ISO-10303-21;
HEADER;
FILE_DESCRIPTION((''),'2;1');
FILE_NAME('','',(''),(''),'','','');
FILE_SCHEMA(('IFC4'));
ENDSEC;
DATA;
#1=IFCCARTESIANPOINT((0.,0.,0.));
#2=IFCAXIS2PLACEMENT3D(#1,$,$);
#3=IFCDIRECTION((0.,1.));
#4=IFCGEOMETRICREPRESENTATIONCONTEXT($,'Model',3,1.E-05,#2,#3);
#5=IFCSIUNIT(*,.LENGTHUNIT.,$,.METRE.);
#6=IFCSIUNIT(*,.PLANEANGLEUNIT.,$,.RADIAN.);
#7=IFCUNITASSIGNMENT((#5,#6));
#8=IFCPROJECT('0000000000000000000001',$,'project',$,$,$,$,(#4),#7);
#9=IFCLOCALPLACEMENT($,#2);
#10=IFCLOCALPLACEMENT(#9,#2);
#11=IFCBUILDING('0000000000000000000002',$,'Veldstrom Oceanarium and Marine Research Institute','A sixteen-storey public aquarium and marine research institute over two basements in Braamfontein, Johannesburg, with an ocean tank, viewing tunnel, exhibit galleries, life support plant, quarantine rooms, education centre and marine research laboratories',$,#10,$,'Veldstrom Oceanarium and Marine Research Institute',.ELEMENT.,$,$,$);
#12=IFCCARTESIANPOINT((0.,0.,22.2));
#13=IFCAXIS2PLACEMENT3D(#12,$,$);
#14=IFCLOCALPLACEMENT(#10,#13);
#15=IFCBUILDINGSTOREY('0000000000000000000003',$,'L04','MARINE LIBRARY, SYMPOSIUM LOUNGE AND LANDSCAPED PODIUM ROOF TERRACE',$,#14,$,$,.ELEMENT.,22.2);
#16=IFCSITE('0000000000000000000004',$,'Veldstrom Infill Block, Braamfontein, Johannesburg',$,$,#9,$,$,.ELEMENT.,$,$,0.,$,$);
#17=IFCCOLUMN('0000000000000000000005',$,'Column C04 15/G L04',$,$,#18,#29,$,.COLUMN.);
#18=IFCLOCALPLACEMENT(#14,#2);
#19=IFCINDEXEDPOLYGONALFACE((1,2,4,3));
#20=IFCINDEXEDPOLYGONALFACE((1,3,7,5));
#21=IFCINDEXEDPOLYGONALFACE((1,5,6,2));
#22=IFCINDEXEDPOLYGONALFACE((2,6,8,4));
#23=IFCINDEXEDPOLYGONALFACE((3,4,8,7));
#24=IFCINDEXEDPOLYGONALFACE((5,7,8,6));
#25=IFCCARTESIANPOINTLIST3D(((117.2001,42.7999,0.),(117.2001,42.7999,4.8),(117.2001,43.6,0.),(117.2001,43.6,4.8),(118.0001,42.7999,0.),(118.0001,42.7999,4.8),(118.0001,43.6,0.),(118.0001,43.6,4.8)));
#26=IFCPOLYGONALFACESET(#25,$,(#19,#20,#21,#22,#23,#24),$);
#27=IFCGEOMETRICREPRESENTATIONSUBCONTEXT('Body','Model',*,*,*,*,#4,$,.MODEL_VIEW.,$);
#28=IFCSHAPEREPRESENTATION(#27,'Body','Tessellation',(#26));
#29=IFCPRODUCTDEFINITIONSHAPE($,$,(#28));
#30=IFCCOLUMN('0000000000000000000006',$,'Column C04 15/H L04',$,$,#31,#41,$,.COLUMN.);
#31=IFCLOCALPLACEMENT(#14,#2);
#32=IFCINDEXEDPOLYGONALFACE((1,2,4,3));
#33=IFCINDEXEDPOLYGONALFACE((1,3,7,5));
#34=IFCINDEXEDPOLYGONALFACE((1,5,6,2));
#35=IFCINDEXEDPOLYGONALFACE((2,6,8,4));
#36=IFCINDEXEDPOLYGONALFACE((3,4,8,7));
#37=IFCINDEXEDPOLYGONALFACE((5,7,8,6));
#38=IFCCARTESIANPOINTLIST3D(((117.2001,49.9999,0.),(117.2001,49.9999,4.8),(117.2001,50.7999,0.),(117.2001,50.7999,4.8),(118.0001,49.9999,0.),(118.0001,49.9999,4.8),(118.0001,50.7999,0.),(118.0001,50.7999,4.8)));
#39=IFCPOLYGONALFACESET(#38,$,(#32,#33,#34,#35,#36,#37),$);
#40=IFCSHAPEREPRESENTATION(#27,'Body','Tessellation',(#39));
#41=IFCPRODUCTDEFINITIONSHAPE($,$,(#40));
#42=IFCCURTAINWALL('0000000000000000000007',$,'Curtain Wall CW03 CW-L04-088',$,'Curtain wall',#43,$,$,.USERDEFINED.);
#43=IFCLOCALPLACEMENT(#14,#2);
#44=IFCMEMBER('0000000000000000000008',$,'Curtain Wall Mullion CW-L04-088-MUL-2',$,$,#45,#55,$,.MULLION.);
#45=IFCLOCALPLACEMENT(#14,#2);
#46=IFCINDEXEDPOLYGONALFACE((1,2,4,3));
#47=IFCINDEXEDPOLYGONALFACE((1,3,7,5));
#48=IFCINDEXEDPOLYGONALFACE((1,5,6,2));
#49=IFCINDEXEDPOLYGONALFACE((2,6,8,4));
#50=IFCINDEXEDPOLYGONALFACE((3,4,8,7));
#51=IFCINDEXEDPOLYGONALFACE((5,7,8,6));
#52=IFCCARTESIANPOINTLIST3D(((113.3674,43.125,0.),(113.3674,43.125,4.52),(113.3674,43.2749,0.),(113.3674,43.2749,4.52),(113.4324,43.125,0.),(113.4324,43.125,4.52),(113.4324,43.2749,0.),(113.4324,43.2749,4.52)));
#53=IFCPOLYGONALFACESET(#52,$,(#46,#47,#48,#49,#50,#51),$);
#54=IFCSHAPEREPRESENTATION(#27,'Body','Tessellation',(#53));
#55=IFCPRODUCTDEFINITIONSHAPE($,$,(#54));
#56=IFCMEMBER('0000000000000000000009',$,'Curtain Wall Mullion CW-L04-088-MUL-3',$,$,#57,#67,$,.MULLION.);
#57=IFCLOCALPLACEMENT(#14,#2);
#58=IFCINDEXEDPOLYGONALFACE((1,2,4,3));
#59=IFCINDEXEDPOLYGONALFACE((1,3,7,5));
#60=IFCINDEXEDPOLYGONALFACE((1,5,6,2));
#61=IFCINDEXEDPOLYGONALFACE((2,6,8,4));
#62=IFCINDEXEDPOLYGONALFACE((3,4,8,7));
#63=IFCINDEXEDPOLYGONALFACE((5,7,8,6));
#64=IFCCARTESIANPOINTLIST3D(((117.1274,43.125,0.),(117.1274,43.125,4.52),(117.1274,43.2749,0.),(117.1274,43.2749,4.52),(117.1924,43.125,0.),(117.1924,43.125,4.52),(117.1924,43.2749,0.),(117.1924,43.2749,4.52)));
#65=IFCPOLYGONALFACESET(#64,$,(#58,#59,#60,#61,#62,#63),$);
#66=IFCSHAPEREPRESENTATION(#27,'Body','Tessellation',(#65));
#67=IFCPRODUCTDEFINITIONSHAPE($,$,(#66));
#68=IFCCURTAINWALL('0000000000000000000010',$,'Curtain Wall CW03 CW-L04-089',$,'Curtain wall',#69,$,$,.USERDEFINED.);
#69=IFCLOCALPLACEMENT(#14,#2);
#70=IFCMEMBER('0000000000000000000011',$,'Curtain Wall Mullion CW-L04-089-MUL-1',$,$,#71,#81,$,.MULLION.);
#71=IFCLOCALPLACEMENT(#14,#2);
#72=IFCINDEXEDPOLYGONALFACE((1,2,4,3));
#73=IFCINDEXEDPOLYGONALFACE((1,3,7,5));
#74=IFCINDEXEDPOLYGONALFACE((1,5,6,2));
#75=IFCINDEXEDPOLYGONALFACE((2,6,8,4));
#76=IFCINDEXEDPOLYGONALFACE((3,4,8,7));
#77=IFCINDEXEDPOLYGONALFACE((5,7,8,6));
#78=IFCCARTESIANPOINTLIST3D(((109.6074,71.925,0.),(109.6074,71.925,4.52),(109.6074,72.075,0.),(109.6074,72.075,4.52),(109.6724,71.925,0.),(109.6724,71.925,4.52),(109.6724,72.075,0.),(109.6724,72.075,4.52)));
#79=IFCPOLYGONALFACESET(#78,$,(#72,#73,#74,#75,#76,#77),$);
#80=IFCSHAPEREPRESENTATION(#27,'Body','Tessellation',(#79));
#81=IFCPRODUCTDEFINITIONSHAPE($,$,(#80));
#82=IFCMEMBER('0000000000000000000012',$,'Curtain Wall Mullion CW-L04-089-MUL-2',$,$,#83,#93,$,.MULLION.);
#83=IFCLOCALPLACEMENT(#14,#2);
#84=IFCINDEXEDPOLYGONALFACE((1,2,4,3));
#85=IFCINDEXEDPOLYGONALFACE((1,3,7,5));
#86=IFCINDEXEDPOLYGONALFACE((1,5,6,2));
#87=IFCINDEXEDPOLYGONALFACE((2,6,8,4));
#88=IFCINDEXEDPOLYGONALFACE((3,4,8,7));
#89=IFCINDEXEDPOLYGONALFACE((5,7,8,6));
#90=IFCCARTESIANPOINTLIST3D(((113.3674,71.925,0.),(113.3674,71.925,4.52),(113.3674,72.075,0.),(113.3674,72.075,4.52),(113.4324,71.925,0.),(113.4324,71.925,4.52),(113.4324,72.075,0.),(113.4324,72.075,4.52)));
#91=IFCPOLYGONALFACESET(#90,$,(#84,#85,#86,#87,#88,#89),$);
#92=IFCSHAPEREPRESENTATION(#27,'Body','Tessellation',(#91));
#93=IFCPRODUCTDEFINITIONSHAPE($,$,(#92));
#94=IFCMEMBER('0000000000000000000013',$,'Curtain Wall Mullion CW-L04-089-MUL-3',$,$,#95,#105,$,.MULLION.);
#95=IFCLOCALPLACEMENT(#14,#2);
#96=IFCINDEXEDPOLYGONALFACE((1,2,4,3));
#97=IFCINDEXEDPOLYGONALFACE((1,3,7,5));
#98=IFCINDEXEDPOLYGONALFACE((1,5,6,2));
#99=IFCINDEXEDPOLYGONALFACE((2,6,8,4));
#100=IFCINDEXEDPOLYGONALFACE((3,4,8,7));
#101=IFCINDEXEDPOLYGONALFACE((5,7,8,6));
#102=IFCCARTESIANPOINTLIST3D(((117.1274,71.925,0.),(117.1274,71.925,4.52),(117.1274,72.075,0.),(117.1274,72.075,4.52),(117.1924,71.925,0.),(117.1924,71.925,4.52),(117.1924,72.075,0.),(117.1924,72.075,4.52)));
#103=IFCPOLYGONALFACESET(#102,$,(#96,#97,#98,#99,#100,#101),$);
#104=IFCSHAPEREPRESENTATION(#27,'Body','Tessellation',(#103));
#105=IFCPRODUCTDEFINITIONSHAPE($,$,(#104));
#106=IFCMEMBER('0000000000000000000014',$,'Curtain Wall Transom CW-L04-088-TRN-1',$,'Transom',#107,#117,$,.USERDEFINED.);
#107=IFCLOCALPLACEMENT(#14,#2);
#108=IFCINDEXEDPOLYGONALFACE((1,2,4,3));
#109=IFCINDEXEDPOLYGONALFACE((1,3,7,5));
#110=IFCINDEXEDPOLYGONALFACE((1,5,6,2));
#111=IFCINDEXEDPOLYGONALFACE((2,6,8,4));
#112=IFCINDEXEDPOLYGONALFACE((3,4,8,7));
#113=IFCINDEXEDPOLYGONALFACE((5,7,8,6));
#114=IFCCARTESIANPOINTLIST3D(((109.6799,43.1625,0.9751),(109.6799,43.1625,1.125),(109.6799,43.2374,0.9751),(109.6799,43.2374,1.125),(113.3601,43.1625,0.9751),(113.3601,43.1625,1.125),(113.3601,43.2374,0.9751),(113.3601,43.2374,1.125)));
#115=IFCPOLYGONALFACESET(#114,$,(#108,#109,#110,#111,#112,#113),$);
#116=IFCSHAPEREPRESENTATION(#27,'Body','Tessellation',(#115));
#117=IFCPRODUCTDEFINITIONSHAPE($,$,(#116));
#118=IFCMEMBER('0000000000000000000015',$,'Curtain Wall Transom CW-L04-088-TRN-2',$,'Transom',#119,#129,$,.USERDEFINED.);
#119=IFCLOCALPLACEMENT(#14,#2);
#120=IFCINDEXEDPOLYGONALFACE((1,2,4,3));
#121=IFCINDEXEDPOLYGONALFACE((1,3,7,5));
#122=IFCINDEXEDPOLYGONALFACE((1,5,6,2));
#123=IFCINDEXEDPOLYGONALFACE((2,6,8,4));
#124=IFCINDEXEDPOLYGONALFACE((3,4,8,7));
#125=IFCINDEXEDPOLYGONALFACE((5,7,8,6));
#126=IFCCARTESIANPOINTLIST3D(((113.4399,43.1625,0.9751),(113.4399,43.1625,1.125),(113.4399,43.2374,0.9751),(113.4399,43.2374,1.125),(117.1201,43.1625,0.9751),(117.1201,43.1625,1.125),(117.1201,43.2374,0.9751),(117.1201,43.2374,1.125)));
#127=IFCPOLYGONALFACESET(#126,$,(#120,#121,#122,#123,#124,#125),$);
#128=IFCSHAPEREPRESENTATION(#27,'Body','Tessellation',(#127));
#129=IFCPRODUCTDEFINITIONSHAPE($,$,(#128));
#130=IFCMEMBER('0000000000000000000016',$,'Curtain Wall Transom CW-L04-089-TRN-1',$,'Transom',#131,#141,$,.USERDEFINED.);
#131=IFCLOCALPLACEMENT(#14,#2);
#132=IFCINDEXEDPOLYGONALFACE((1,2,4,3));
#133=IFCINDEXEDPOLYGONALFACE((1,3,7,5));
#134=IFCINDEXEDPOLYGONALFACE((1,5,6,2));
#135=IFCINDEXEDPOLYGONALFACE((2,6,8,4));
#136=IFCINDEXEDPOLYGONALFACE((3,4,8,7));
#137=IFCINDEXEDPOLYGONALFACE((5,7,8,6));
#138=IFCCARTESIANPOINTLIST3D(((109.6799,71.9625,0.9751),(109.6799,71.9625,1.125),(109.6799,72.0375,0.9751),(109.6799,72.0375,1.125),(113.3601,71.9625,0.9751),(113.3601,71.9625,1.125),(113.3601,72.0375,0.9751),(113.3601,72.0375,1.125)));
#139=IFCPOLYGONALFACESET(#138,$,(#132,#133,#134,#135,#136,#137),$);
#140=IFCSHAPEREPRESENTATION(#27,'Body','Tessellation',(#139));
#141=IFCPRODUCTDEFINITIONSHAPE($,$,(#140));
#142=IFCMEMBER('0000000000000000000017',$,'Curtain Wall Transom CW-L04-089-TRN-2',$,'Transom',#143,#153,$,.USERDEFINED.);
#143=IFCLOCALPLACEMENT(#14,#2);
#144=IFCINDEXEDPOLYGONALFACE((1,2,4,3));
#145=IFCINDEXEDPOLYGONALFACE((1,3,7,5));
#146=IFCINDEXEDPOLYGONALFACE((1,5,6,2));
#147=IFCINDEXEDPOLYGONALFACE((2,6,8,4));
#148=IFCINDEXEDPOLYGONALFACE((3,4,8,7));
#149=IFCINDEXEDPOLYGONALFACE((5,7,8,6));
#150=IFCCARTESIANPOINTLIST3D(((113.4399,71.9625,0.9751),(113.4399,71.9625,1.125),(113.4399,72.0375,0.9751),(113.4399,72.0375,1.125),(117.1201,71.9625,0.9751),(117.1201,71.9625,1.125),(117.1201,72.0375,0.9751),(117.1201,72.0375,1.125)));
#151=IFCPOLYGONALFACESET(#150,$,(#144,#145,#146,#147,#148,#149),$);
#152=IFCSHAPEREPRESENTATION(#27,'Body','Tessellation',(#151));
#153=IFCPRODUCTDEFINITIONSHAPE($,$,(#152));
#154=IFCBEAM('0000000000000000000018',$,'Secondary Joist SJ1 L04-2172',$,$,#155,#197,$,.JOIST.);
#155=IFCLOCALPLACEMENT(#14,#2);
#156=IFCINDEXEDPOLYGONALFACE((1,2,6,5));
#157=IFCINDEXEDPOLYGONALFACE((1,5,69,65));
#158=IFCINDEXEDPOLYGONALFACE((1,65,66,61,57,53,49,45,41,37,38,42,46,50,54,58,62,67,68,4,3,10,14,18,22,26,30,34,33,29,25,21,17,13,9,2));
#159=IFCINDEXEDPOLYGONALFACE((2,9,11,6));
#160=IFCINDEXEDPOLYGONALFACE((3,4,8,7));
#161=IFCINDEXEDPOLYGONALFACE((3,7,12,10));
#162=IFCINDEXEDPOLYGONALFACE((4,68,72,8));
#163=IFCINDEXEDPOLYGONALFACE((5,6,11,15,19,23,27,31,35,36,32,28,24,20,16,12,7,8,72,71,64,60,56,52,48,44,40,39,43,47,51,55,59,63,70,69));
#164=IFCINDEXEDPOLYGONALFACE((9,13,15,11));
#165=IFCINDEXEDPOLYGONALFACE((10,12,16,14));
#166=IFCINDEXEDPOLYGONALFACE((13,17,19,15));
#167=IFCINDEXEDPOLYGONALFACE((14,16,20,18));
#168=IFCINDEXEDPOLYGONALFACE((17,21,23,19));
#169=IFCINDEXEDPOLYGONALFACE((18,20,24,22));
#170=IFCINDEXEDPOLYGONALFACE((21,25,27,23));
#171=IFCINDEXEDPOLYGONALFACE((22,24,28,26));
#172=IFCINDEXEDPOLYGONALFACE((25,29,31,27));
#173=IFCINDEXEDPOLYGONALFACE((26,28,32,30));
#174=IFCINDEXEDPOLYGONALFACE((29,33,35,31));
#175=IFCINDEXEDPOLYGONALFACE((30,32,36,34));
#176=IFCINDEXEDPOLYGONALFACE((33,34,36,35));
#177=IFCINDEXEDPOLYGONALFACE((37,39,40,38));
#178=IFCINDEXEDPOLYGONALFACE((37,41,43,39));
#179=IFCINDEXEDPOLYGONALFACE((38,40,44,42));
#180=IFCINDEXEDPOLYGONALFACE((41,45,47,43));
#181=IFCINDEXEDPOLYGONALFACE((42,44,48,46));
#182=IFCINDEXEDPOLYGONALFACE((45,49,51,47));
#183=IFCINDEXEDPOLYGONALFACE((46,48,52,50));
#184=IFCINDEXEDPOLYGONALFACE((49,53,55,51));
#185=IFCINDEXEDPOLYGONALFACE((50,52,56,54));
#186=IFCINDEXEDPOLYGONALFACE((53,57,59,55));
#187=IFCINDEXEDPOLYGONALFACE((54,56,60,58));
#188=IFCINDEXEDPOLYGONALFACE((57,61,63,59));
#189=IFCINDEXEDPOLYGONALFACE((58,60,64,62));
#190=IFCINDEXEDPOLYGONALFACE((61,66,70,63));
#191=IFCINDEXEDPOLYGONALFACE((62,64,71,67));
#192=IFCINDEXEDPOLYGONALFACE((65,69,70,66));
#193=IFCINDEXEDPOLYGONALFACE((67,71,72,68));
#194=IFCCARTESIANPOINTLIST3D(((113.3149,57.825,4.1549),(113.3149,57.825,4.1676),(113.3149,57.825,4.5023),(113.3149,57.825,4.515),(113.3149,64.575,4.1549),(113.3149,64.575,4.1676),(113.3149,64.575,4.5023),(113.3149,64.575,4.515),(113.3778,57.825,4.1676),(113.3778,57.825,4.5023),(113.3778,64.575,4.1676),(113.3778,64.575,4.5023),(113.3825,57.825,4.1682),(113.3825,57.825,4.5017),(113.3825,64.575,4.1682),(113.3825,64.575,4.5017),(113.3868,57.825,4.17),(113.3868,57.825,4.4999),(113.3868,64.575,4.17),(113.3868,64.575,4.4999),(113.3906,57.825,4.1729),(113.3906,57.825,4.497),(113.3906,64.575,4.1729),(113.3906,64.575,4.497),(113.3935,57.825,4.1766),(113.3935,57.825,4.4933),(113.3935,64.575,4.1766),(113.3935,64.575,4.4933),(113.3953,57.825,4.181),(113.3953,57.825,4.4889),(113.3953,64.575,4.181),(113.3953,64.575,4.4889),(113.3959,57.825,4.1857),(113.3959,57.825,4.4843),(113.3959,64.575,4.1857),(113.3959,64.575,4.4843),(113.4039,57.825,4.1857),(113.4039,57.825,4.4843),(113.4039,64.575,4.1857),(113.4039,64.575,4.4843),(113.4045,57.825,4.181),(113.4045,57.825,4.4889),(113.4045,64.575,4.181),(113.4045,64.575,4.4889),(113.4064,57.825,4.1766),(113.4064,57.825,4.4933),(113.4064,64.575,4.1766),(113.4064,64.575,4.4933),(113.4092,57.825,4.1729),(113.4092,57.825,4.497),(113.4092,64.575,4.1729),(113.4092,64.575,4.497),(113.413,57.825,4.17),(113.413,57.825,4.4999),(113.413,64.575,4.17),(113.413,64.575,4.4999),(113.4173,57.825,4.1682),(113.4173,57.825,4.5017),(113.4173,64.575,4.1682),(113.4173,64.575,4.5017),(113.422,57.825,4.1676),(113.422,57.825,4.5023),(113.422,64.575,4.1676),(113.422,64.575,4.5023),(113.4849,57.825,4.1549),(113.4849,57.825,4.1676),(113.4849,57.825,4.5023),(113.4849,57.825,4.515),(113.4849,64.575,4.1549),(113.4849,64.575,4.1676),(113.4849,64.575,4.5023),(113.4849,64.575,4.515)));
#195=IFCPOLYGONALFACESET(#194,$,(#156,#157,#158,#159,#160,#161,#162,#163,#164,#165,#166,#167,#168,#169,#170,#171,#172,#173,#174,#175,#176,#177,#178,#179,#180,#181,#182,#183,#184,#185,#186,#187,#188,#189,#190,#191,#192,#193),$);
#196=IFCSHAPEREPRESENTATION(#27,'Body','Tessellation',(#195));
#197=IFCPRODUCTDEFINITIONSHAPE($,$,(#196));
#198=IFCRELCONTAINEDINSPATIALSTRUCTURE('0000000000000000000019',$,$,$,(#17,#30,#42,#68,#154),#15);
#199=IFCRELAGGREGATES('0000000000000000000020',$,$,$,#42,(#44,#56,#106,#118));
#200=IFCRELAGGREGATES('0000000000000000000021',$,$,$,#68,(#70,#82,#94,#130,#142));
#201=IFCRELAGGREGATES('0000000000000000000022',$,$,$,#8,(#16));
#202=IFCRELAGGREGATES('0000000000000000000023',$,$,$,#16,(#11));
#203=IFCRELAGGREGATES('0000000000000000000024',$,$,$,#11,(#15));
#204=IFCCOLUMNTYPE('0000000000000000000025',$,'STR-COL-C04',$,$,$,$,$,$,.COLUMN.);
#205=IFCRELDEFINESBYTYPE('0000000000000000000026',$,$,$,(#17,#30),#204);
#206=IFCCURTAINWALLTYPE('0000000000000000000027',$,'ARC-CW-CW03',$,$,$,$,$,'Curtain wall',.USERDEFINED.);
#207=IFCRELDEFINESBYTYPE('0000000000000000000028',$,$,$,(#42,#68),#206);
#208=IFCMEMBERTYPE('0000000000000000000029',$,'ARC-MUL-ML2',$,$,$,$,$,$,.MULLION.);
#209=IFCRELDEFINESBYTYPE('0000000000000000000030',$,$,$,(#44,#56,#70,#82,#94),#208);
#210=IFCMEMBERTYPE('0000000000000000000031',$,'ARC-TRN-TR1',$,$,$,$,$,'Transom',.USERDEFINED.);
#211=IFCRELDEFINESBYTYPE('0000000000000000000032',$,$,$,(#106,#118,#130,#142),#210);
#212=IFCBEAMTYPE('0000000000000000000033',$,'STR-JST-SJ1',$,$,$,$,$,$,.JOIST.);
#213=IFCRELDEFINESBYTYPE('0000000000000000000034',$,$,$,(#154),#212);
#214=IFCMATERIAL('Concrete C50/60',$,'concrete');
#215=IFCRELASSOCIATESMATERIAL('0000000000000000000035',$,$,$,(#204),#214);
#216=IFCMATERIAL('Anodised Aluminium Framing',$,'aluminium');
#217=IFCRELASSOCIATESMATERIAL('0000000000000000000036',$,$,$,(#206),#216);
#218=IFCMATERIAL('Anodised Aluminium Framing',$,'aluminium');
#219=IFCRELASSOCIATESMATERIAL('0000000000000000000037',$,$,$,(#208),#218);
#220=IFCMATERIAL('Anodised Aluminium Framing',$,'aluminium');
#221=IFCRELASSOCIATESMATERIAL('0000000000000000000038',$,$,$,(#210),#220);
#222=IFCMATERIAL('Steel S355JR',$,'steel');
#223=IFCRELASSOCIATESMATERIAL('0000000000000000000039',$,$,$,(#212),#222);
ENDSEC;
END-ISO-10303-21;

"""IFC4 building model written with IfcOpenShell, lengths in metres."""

from ifc_helpers import new_model, si_unit, direction, frame, origin, origin_2d, place, context, subcontext, project, spatial, rectangle, i_section, extrude, material, material_profile, profile_set, type_object, element, aggregate, save


model = new_model("IFC4")

# Units and contexts
model_context = context("Model", 3, precision=1e-05, world=origin(), true_north=direction((0.0, 1.0)))
body_context = subcontext(model_context, "Body", "Model", "MODEL_VIEW")
ifc_project = project(units=[si_unit("LENGTHUNIT", "METRE"), si_unit("PLANEANGLEUNIT", "RADIAN")], contexts=[model_context])

# Site, building, storey
site_placement = place(None, origin())
site = spatial("IfcSite", under=ifc_project, at=site_placement, Name="Veldstrom Infill Block, Braamfontein, Johannesburg", CompositionType="ELEMENT", RefElevation=0.0)
building_placement = place(site_placement, origin())
building = spatial("IfcBuilding", under=site, at=building_placement, Name="Veldstrom Oceanarium and Marine Research Institute", Description="A sixteen-storey public aquarium and marine research institute over two basements in Braamfontein, Johannesburg, with an ocean tank, viewing tunnel, exhibit galleries, life support plant, quarantine rooms, education centre and marine research laboratories", LongName="Veldstrom Oceanarium and Marine Research Institute", CompositionType="ELEMENT")
storey_placement = place(building_placement, frame((0.0, 0.0, 22.2)))
storey = spatial("IfcBuildingStorey", under=building, at=storey_placement, Name="L04", Description="MARINE LIBRARY, SYMPOSIUM LOUNGE AND LANDSCAPED PODIUM ROOF TERRACE", CompositionType="ELEMENT", Elevation=22.2)

# Columns
ifc_material_1 = material(Name="Concrete C50/60", Category="concrete")
ifc_material_profile_1 = material_profile(ifc_material_1, rectangle(XDim=0.8, YDim=0.8, at=origin_2d()), Name="RC-COL-800x800")
ifc_profile_set_1 = profile_set([ifc_material_profile_1], Name="Concrete C50/60")
column_type = type_object("IfcColumnType", Name="STR-COL-C04", PredefinedType="COLUMN", material=ifc_profile_set_1)
for number, where, z_axis, x_axis, name in (
    (1, (117.6001, 43.2, 0.0), (0.0, 0.0, 1.0), (1.0, 0.0, 0.0), "Column C04 15/G L04"),
    (2, (117.6001, 50.3999, 0.0), (0.0, 0.0, 1.0), (1.0, 0.0, 0.0), "Column C04 15/H L04"),
):
    element("IfcColumn", number, at=place(storey_placement, frame(where, z_axis=z_axis, x_axis=x_axis)), inside=storey, type_object=column_type, Name=name, PredefinedType="COLUMN", context=body_context, shape_type="SweptSolid", body=[
        extrude(rectangle(XDim=0.8, YDim=0.8, at=origin_2d()), origin(), (0.0, 0.0, 1.0), 4.8),
    ])

# Curtain walls, members
ifc_material_2 = material(Name="Anodised Aluminium Framing", Category="aluminium")
curtain_wall_type = type_object("IfcCurtainWallType", Name="ARC-CW-CW03", ElementType="Curtain wall", PredefinedType="USERDEFINED", material=ifc_material_2)
curtain_wall_1_placement = place(storey_placement, origin())
curtain_wall_1 = element("IfcCurtainWall", 3, at=curtain_wall_1_placement, inside=storey, type_object=curtain_wall_type, Name="Curtain Wall CW03 CW-L04-088", ObjectType="Curtain wall", PredefinedType="USERDEFINED")
ifc_material_3 = material(Name="Anodised Aluminium Framing", Category="aluminium")
ifc_material_profile_2 = material_profile(ifc_material_3, rectangle(XDim=0.0649, YDim=0.1499, at=origin_2d()), Name="ALU-MUL-65x150")
ifc_profile_set_2 = profile_set([ifc_material_profile_2], Name="Anodised Aluminium Framing")
member_type_1 = type_object("IfcMemberType", Name="ARC-MUL-ML2", PredefinedType="MULLION", material=ifc_profile_set_2)
member_1_placement = place(storey_placement, frame((113.3999, 43.2, 0.0), z_axis=(0.0, 0.0, 1.0), x_axis=(1.0, 0.0, 0.0)))
member_1 = element("IfcMember", 4, at=member_1_placement, type_object=member_type_1, Name="Curtain Wall Mullion CW-L04-088-MUL-2", PredefinedType="MULLION", context=body_context, shape_type="SweptSolid", body=[
    extrude(rectangle(XDim=0.0649, YDim=0.1499, at=origin_2d()), origin(), (0.0, 0.0, 1.0), 4.52),
])
member_2_placement = place(storey_placement, frame((117.1599, 43.2, 0.0), z_axis=(0.0, 0.0, 1.0), x_axis=(1.0, 0.0, 0.0)))
member_2 = element("IfcMember", 5, at=member_2_placement, type_object=member_type_1, Name="Curtain Wall Mullion CW-L04-088-MUL-3", PredefinedType="MULLION", context=body_context, shape_type="SweptSolid", body=[
    extrude(rectangle(XDim=0.0649, YDim=0.1499, at=origin_2d()), origin(), (0.0, 0.0, 1.0), 4.52),
])
curtain_wall_2_placement = place(storey_placement, origin())
curtain_wall_2 = element("IfcCurtainWall", 6, at=curtain_wall_2_placement, inside=storey, type_object=curtain_wall_type, Name="Curtain Wall CW03 CW-L04-089", ObjectType="Curtain wall", PredefinedType="USERDEFINED")
member_3_placement = place(storey_placement, frame((109.6399, 72.0, 0.0), z_axis=(0.0, 0.0, 1.0), x_axis=(1.0, 0.0, 0.0)))
member_3 = element("IfcMember", 7, at=member_3_placement, type_object=member_type_1, Name="Curtain Wall Mullion CW-L04-089-MUL-1", PredefinedType="MULLION", context=body_context, shape_type="SweptSolid", body=[
    extrude(rectangle(XDim=0.0649, YDim=0.1499, at=origin_2d()), origin(), (0.0, 0.0, 1.0), 4.52),
])
member_4_placement = place(storey_placement, frame((113.3999, 72.0, 0.0), z_axis=(0.0, 0.0, 1.0), x_axis=(1.0, 0.0, 0.0)))
member_4 = element("IfcMember", 8, at=member_4_placement, type_object=member_type_1, Name="Curtain Wall Mullion CW-L04-089-MUL-2", PredefinedType="MULLION", context=body_context, shape_type="SweptSolid", body=[
    extrude(rectangle(XDim=0.0649, YDim=0.1499, at=origin_2d()), origin(), (0.0, 0.0, 1.0), 4.52),
])
member_5_placement = place(storey_placement, frame((117.1599, 72.0, 0.0), z_axis=(0.0, 0.0, 1.0), x_axis=(1.0, 0.0, 0.0)))
member_5 = element("IfcMember", 9, at=member_5_placement, type_object=member_type_1, Name="Curtain Wall Mullion CW-L04-089-MUL-3", PredefinedType="MULLION", context=body_context, shape_type="SweptSolid", body=[
    extrude(rectangle(XDim=0.0649, YDim=0.1499, at=origin_2d()), origin(), (0.0, 0.0, 1.0), 4.52),
])

# Members
ifc_material_4 = material(Name="Anodised Aluminium Framing", Category="aluminium")
ifc_material_profile_3 = material_profile(ifc_material_4, rectangle(XDim=0.075, YDim=0.1499, at=origin_2d()), Name="ALU-TRN-75x150")
ifc_profile_set_3 = profile_set([ifc_material_profile_3], Name="Anodised Aluminium Framing")
member_type_2 = type_object("IfcMemberType", Name="ARC-TRN-TR1", ElementType="Transom", PredefinedType="USERDEFINED", material=ifc_profile_set_3)
member_6_placement = place(storey_placement, frame((109.6799, 43.2, 1.05), z_axis=(1.0, 0.0, 0.0), x_axis=(0.0, 1.0, 0.0)))
member_6 = element("IfcMember", 10, at=member_6_placement, type_object=member_type_2, Name="Curtain Wall Transom CW-L04-088-TRN-1", ObjectType="Transom", PredefinedType="USERDEFINED", context=body_context, shape_type="SweptSolid", body=[
    extrude(rectangle(XDim=0.075, YDim=0.1499, at=origin_2d()), origin(), (0.0, 0.0, 1.0), 3.6802),
])
member_7_placement = place(storey_placement, frame((113.4399, 43.2, 1.05), z_axis=(1.0, 0.0, 0.0), x_axis=(0.0, 1.0, 0.0)))
member_7 = element("IfcMember", 11, at=member_7_placement, type_object=member_type_2, Name="Curtain Wall Transom CW-L04-088-TRN-2", ObjectType="Transom", PredefinedType="USERDEFINED", context=body_context, shape_type="SweptSolid", body=[
    extrude(rectangle(XDim=0.075, YDim=0.1499, at=origin_2d()), origin(), (0.0, 0.0, 1.0), 3.6802),
])
member_8_placement = place(storey_placement, frame((109.6799, 72.0, 1.05), z_axis=(1.0, 0.0, 0.0), x_axis=(0.0, 1.0, 0.0)))
member_8 = element("IfcMember", 12, at=member_8_placement, type_object=member_type_2, Name="Curtain Wall Transom CW-L04-089-TRN-1", ObjectType="Transom", PredefinedType="USERDEFINED", context=body_context, shape_type="SweptSolid", body=[
    extrude(rectangle(XDim=0.075, YDim=0.1499, at=origin_2d()), origin(), (0.0, 0.0, 1.0), 3.6802),
])
member_9_placement = place(storey_placement, frame((113.4399, 72.0, 1.05), z_axis=(1.0, 0.0, 0.0), x_axis=(0.0, 1.0, 0.0)))
member_9 = element("IfcMember", 13, at=member_9_placement, type_object=member_type_2, Name="Curtain Wall Transom CW-L04-089-TRN-2", ObjectType="Transom", PredefinedType="USERDEFINED", context=body_context, shape_type="SweptSolid", body=[
    extrude(rectangle(XDim=0.075, YDim=0.1499, at=origin_2d()), origin(), (0.0, 0.0, 1.0), 3.6802),
])

# Beam
ifc_material_5 = material(Name="Steel S355JR", Category="steel")
ifc_material_profile_4 = material_profile(ifc_material_5, i_section(OverallWidth=0.1699, OverallDepth=0.3601, WebThickness=0.0081, FlangeThickness=0.0127, FilletRadius=0.0181, at=origin_2d()), Name="IPE 360")
ifc_profile_set_4 = profile_set([ifc_material_profile_4], Name="Steel S355JR")
beam_type_1 = type_object("IfcBeamType", Name="STR-JST-SJ1", PredefinedType="JOIST", material=ifc_profile_set_4)
beam_1_placement = place(storey_placement, frame((113.3999, 57.825, 4.335), z_axis=(0.0, 1.0, 0.0), x_axis=(-1.0, 0.0, 0.0)))
element("IfcBeam", 14, at=beam_1_placement, inside=storey, type_object=beam_type_1, Name="Secondary Joist SJ1 L04-2172", PredefinedType="JOIST", context=body_context, shape_type="SweptSolid", body=[
    extrude(i_section(OverallWidth=0.1699, OverallDepth=0.3601, WebThickness=0.0081, FlangeThickness=0.0127, FilletRadius=0.0181, at=origin_2d()), origin(), (0.0, 0.0, 1.0), 6.75),
])

aggregate(curtain_wall_1, [member_1, member_2, member_6, member_7])
aggregate(curtain_wall_2, [member_3, member_4, member_5, member_8, member_9])

save(model, "model.ifc")
